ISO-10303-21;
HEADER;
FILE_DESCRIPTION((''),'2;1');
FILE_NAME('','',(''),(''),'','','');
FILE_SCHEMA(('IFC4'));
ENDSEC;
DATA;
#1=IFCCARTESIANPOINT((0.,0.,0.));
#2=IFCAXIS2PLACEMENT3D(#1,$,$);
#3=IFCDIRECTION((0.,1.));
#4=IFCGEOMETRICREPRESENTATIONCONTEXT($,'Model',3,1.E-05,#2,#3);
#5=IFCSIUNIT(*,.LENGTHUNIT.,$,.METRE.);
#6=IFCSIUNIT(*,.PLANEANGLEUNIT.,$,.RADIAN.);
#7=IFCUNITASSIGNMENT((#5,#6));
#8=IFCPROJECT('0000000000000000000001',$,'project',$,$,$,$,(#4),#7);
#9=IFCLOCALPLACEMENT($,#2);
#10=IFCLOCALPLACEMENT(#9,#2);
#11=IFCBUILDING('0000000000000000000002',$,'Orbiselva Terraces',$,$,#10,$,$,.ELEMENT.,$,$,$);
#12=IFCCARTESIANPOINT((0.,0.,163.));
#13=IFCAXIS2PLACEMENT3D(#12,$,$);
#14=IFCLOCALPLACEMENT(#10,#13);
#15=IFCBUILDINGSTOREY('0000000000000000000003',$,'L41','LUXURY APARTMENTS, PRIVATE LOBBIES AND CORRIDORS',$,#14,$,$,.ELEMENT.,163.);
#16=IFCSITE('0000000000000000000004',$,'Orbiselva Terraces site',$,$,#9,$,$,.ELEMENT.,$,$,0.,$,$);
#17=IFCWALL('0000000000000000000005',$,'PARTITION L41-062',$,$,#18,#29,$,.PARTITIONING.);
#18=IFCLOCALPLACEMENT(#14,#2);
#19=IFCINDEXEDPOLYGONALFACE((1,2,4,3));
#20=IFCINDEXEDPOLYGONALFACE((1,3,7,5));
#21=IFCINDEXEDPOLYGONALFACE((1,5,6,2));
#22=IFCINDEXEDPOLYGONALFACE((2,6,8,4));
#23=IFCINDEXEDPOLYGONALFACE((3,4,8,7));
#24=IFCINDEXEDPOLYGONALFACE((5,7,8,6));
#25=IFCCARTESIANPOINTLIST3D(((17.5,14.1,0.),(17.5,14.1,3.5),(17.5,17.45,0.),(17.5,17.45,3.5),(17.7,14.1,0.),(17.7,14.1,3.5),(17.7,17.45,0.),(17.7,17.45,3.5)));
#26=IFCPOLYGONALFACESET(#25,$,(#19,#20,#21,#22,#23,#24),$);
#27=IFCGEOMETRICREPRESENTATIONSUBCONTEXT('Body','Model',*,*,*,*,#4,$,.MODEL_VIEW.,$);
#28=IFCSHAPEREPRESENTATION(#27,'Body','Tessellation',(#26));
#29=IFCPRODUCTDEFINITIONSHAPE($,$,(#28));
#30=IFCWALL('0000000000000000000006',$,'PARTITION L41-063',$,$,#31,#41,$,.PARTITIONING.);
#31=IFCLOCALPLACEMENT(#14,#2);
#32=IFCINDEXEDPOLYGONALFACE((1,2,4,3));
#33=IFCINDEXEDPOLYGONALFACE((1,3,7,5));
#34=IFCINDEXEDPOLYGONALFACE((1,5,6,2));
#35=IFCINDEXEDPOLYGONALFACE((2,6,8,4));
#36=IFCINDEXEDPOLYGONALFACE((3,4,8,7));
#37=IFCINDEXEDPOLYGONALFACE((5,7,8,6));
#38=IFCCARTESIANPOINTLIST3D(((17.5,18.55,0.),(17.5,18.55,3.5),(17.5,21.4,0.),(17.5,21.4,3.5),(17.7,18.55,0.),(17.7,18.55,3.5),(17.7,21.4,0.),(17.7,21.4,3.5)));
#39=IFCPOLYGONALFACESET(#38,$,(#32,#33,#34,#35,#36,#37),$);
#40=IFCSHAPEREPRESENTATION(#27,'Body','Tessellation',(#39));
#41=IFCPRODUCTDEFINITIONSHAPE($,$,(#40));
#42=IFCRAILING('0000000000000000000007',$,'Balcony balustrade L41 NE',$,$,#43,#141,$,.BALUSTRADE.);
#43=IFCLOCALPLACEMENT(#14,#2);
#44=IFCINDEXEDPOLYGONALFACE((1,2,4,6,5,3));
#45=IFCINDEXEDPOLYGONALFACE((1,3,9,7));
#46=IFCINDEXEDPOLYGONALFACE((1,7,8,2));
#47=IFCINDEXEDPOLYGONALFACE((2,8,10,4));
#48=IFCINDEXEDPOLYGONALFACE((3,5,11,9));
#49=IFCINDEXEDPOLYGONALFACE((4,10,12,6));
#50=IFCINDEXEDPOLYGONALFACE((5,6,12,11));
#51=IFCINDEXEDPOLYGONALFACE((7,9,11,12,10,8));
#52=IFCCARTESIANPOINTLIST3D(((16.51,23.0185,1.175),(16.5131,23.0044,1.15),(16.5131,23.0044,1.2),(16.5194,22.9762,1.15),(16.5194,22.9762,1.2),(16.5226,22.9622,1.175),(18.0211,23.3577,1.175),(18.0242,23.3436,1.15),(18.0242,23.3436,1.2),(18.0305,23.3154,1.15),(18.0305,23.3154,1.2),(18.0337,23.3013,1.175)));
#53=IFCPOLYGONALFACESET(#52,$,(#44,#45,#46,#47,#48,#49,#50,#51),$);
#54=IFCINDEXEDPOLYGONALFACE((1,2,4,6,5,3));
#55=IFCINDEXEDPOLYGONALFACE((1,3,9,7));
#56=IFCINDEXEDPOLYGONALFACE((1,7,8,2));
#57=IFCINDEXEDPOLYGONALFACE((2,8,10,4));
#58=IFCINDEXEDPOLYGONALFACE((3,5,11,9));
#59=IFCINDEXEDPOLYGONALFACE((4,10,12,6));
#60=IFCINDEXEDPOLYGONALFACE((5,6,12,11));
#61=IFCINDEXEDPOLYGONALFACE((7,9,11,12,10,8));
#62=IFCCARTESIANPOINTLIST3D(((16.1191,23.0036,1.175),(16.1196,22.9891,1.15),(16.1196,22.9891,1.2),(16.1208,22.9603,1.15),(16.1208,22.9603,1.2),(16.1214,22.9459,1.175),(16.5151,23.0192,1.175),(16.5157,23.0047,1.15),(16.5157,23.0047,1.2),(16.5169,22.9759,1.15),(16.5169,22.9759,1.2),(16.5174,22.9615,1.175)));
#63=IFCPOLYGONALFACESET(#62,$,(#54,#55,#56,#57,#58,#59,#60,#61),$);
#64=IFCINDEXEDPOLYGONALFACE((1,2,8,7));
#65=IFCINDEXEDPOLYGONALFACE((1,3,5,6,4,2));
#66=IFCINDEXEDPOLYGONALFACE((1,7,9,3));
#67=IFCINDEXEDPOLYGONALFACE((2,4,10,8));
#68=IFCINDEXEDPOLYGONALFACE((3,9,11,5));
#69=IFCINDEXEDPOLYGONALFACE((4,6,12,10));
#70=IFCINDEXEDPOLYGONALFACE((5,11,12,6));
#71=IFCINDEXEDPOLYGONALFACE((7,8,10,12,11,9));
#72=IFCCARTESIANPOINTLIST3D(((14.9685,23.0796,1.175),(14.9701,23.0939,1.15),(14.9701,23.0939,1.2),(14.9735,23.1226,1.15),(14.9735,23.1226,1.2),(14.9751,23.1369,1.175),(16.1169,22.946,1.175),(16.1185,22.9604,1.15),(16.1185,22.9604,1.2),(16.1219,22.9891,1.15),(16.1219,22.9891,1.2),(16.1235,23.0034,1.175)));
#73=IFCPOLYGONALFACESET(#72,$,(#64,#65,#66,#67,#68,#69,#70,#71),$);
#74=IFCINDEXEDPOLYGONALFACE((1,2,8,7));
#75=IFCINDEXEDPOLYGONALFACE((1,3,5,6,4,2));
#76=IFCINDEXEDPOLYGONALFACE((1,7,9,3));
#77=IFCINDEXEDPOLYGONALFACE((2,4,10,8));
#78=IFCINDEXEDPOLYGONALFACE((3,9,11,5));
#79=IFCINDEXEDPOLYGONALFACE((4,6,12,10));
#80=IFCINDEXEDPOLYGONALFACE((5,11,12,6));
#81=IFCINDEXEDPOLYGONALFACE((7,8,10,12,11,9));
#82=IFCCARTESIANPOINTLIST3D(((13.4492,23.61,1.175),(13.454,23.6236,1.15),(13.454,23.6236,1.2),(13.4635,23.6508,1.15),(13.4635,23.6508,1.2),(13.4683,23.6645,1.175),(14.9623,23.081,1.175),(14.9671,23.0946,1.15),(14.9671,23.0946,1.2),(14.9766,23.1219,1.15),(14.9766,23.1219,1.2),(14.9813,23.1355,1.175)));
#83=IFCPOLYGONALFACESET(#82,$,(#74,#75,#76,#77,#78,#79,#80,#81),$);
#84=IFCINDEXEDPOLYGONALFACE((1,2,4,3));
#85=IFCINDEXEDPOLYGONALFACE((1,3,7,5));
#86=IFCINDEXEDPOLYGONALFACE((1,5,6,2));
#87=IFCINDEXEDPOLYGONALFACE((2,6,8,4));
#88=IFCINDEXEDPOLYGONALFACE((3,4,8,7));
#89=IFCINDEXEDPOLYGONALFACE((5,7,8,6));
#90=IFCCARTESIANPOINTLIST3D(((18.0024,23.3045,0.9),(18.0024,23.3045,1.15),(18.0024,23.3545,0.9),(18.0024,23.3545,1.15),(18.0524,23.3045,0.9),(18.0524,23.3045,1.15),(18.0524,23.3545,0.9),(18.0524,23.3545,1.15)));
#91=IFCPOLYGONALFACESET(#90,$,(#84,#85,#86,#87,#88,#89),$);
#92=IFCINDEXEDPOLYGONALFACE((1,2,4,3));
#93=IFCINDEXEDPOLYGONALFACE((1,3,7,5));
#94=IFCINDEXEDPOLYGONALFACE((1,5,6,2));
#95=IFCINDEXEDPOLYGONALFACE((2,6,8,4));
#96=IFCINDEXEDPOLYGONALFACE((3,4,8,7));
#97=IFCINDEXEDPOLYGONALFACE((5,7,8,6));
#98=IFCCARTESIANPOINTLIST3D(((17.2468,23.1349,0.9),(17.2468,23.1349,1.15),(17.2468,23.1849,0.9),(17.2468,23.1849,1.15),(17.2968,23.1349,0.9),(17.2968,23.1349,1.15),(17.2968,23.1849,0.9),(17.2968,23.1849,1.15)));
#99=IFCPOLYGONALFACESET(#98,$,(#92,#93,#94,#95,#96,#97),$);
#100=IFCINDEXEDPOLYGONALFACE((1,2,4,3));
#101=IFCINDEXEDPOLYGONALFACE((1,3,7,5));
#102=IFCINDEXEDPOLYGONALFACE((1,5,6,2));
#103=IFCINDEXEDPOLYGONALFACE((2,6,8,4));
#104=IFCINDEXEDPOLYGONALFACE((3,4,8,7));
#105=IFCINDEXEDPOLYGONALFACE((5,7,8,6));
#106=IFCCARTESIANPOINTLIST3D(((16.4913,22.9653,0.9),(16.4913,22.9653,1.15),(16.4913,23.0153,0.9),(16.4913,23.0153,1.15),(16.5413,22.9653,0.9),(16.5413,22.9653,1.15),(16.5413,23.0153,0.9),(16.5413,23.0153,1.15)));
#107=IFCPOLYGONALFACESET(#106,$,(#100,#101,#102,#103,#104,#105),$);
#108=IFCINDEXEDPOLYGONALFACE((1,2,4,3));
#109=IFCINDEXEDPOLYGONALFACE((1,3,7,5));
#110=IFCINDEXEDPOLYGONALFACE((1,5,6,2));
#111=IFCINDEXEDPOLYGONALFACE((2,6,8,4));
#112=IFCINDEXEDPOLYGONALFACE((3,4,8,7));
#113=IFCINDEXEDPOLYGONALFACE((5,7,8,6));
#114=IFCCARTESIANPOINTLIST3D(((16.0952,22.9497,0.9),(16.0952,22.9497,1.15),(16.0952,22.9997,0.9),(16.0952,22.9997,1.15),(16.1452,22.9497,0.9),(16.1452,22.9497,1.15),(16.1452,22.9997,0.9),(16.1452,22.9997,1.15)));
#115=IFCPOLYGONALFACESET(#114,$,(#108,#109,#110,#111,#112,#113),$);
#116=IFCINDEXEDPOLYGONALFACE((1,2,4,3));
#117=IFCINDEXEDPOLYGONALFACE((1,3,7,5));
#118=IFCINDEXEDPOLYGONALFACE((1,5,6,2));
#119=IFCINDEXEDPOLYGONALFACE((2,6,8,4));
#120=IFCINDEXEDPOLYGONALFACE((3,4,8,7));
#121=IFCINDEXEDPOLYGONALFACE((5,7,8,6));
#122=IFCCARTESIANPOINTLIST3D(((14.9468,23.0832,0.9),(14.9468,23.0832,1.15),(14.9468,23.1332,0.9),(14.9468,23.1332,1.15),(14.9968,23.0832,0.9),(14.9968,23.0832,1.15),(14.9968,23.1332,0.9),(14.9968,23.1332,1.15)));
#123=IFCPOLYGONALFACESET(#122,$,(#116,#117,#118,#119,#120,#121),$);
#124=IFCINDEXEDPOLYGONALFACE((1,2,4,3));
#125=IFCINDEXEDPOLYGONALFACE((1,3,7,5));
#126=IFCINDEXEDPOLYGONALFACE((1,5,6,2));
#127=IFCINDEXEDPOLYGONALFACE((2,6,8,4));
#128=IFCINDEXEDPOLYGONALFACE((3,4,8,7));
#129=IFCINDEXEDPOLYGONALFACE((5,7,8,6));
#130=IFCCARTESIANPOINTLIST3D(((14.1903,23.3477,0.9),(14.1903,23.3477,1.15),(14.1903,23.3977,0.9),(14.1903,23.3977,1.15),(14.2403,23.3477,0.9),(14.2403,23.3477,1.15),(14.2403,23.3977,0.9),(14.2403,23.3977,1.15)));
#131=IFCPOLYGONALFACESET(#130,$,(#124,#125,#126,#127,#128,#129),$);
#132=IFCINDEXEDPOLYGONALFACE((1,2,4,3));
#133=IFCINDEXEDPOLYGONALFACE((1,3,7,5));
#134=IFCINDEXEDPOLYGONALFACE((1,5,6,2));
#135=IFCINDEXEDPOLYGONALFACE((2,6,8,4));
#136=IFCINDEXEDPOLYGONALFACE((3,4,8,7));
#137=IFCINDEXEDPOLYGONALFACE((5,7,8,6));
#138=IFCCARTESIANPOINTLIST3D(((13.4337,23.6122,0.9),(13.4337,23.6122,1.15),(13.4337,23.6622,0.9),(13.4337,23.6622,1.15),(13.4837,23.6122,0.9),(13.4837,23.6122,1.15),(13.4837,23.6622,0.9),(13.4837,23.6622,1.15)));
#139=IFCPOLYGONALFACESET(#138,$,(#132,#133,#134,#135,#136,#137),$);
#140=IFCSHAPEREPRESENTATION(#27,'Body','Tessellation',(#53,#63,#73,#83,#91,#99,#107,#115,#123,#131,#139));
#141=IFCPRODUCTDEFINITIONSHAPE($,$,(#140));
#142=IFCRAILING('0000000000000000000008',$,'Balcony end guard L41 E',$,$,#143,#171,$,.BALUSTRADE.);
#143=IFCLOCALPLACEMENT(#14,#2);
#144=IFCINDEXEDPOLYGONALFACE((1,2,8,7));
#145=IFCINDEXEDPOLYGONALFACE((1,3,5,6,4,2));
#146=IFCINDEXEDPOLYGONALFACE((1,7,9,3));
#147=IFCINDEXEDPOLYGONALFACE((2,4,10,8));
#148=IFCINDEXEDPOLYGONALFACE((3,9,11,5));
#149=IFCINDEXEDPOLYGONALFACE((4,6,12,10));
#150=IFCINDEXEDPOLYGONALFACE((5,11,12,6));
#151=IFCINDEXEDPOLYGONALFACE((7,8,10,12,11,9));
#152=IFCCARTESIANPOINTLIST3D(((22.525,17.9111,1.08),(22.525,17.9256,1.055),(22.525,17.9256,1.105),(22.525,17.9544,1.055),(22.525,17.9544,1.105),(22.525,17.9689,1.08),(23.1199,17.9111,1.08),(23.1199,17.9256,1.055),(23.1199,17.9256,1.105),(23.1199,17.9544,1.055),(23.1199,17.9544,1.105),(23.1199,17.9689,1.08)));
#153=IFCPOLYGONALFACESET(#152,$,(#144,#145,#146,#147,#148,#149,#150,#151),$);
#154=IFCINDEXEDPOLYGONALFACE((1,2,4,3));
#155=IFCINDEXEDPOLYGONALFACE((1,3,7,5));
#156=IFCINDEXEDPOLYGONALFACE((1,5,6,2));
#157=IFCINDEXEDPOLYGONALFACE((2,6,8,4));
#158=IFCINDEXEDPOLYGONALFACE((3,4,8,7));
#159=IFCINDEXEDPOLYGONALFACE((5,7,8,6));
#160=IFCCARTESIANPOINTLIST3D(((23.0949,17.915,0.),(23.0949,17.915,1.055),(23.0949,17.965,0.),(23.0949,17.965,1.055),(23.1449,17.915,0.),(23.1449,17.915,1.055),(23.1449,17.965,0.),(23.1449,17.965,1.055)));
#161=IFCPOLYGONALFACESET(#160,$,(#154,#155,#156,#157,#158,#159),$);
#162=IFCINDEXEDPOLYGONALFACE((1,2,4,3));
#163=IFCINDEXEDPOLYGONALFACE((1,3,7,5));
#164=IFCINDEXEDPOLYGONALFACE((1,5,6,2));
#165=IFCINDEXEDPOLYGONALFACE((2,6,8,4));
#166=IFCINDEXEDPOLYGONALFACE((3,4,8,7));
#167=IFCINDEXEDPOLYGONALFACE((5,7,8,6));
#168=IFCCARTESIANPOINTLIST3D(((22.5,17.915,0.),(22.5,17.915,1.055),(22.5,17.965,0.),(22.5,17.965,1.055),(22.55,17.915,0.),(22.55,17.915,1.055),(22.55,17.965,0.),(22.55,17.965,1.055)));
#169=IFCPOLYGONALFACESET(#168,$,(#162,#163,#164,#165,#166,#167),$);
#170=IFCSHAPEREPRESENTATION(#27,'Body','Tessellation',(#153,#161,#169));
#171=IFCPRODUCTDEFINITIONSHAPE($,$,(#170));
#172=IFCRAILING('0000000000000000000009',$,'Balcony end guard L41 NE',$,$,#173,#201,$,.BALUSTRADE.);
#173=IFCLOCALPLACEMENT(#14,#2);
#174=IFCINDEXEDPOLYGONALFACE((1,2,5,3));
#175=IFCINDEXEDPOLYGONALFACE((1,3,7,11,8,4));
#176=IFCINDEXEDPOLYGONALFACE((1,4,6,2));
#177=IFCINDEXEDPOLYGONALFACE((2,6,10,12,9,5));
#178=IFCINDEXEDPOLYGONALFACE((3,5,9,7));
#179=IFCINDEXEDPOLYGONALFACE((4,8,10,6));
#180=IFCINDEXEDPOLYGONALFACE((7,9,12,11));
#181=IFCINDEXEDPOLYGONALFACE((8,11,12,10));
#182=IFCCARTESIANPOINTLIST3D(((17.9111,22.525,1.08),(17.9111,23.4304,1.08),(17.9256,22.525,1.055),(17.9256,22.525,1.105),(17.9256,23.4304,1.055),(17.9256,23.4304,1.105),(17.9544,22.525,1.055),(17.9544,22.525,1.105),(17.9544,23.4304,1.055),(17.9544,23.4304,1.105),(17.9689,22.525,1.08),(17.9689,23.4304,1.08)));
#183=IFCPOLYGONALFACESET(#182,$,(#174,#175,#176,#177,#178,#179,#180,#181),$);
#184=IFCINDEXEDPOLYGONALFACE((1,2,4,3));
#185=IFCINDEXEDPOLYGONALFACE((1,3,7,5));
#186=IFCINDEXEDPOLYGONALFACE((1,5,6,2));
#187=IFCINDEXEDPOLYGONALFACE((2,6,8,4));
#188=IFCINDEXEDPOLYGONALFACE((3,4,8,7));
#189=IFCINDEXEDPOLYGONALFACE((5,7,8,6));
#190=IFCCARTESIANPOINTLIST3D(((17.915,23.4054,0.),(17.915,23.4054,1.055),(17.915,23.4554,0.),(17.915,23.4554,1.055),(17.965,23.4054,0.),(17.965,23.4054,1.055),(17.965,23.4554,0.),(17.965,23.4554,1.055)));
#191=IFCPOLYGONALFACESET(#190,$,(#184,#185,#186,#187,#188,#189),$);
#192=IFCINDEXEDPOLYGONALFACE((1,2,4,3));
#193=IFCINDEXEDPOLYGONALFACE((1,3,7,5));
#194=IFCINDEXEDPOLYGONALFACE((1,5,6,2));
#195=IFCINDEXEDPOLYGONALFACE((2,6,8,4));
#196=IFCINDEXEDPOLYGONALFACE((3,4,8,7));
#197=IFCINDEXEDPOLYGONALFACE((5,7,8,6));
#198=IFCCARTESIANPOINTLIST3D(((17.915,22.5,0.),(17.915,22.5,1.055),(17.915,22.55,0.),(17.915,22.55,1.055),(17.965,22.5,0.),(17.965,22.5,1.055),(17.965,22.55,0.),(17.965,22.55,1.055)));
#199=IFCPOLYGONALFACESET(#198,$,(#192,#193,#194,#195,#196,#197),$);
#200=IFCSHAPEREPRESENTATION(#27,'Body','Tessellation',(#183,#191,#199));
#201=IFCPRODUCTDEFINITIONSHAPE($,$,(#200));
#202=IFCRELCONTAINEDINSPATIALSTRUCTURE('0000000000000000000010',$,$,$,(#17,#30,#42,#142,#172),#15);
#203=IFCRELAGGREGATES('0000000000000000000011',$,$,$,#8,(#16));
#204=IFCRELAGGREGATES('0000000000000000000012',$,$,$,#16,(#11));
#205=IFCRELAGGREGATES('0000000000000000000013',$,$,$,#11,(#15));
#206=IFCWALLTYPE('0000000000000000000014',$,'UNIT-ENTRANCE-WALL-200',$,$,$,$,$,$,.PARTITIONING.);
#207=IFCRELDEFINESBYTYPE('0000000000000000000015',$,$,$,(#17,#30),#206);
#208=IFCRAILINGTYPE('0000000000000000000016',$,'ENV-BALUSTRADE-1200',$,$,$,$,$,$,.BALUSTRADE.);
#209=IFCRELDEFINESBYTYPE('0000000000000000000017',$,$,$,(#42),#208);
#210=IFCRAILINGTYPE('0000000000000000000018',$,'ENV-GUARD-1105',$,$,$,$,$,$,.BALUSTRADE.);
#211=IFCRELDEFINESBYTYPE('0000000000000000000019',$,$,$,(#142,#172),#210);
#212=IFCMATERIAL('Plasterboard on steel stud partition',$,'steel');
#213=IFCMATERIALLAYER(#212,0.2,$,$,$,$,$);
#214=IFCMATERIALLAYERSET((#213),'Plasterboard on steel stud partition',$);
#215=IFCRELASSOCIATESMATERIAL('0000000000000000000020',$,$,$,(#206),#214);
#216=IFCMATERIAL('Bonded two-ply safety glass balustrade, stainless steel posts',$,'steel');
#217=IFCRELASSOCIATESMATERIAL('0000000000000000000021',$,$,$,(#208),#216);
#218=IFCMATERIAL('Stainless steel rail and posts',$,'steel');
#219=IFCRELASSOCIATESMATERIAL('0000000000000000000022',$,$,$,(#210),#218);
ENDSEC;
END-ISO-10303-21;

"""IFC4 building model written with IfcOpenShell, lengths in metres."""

from ifc_helpers import new_model, si_unit, direction, frame, frame_2d, origin, origin_2d, place, context, subcontext, project, spatial, polyline, rectangle, outline, extrude, material, layer, layer_set, type_object, element, save


model = new_model("IFC4")

# Units and contexts
model_context = context("Model", 3, precision=1e-05, world=origin(), true_north=direction((0.0, 1.0)))
body_context = subcontext(model_context, "Body", "Model", "MODEL_VIEW")
ifc_project = project(units=[si_unit("LENGTHUNIT", "METRE"), si_unit("PLANEANGLEUNIT", "RADIAN")], contexts=[model_context])

# Site, building, storey
site_placement = place(None, origin())
site = spatial("IfcSite", under=ifc_project, at=site_placement, Name="Orbiselva Terraces site", CompositionType="ELEMENT", RefElevation=0.0)
building_placement = place(site_placement, origin())
building = spatial("IfcBuilding", under=site, at=building_placement, Name="Orbiselva Terraces", CompositionType="ELEMENT")
storey_placement = place(building_placement, frame((0.0, 0.0, 163.0)))
storey = spatial("IfcBuildingStorey", under=building, at=storey_placement, Name="L41", Description="LUXURY APARTMENTS, PRIVATE LOBBIES AND CORRIDORS", CompositionType="ELEMENT", Elevation=163.0)

# Walls
ifc_material_1 = material(Name="Plasterboard on steel stud partition", Category="steel")
ifc_layer_1 = layer(ifc_material_1, 0.2)
ifc_layer_set_1 = layer_set([ifc_layer_1], Name="Plasterboard on steel stud partition")
wall_type_1 = type_object("IfcWallType", Name="UNIT-ENTRANCE-WALL-200", PredefinedType="PARTITIONING", material=ifc_layer_set_1)
wall_1_placement = place(storey_placement, frame((17.6, 14.1, 0.0), z_axis=(0.0, 0.0, 1.0), x_axis=(0.0, 1.0, 0.0)))
element("IfcWall", 1, at=wall_1_placement, inside=storey, type_object=wall_type_1, Name="PARTITION L41-062", PredefinedType="PARTITIONING", context=body_context, shape_type="SweptSolid", body=[
    extrude(rectangle(XDim=3.35, YDim=0.2, at=frame_2d((1.675, 0.0))), origin(), (0.0, 0.0, 1.0), 3.5),
])
wall_2_placement = place(storey_placement, frame((17.6, 18.55, 0.0), z_axis=(0.0, 0.0, 1.0), x_axis=(0.0, 1.0, 0.0)))
element("IfcWall", 2, at=wall_2_placement, inside=storey, type_object=wall_type_1, Name="PARTITION L41-063", PredefinedType="PARTITIONING", context=body_context, shape_type="SweptSolid", body=[
    extrude(rectangle(XDim=2.85, YDim=0.2, at=frame_2d((1.425, 0.0))), origin(), (0.0, 0.0, 1.0), 3.5),
])

# Railings
ifc_material_2 = material(Name="Bonded two-ply safety glass balustrade, stainless steel posts", Category="steel")
railing_type_1 = type_object("IfcRailingType", Name="ENV-BALUSTRADE-1200", PredefinedType="BALUSTRADE", material=ifc_material_2)
railing_1_placement = place(storey_placement, frame((18.0274, 23.3295, 0.9)))
element("IfcRailing", 3, at=railing_1_placement, inside=storey, type_object=railing_type_1, Name="Balcony balustrade L41 NE", PredefinedType="BALUSTRADE", context=body_context, shape_type="SweptSolid", body=[
    extrude(outline(polyline([(0.0289, 0.0), (0.0144, 0.025), (-0.0144, 0.025), (-0.0289, 0.0), (-0.0144, -0.025), (0.0144, -0.025), (0.0289, 0.0)])), frame((0.0, 0.0, 0.275), z_axis=(-0.975721, -0.219015, 0.0), x_axis=(0.219015, -0.975721, 0.0)), (0.0, 0.0, 1.0), 1.5487),
    extrude(outline(polyline([(0.0289, 0.0), (0.0144, 0.025), (-0.0144, 0.025), (-0.0289, 0.0), (-0.0144, -0.025), (0.0144, -0.025), (0.0289, 0.0)])), frame((-1.5111, -0.3392, 0.275), z_axis=(-0.999225, -0.039369, 0.0), x_axis=(0.039369, -0.999225, 0.0)), (0.0, 0.0, 1.0), 0.3964),
    extrude(outline(polyline([(0.0289, 0.0), (0.0144, 0.025), (-0.0144, 0.025), (-0.0289, 0.0), (-0.0144, -0.025), (0.0144, -0.025), (0.0289, 0.0)])), frame((-1.9072, -0.3548, 0.275), z_axis=(-0.99331, 0.115482, 0.0), x_axis=(-0.115482, -0.99331, 0.0)), (0.0, 0.0, 1.0), 1.1561),
    extrude(outline(polyline([(0.0289, 0.0), (0.0144, 0.025), (-0.0144, 0.025), (-0.0289, 0.0), (-0.0144, -0.025), (0.0144, -0.025), (0.0289, 0.0)])), frame((-3.0556, -0.2213, 0.275), z_axis=(-0.943972, 0.330024, 0.0), x_axis=(-0.330024, -0.943972, 0.0)), (0.0, 0.0, 1.0), 1.6029),
    extrude(rectangle(XDim=0.05, YDim=0.05, at=origin_2d()), origin(), (0.0, 0.0, 1.0), 0.25),
    extrude(rectangle(XDim=0.05, YDim=0.05, at=origin_2d()), frame((-0.7555, -0.1696, 0.0)), (0.0, 0.0, 1.0), 0.25),
    extrude(rectangle(XDim=0.05, YDim=0.05, at=origin_2d()), frame((-1.5111, -0.3392, 0.0)), (0.0, 0.0, 1.0), 0.25),
    extrude(rectangle(XDim=0.05, YDim=0.05, at=origin_2d()), frame((-1.9072, -0.3548, 0.0)), (0.0, 0.0, 1.0), 0.25),
    extrude(rectangle(XDim=0.05, YDim=0.05, at=origin_2d()), frame((-3.0556, -0.2213, 0.0)), (0.0, 0.0, 1.0), 0.25),
    extrude(rectangle(XDim=0.05, YDim=0.05, at=origin_2d()), frame((-3.8121, 0.0432, 0.0)), (0.0, 0.0, 1.0), 0.25),
    extrude(rectangle(XDim=0.05, YDim=0.05, at=origin_2d()), frame((-4.5686, 0.3077, 0.0)), (0.0, 0.0, 1.0), 0.25),
])
ifc_material_3 = material(Name="Stainless steel rail and posts", Category="steel")
railing_type_2 = type_object("IfcRailingType", Name="ENV-GUARD-1105", PredefinedType="BALUSTRADE", material=ifc_material_3)
railing_2_placement = place(storey_placement, frame((23.1199, 17.94, 0.0)))
element("IfcRailing", 4, at=railing_2_placement, inside=storey, type_object=railing_type_2, Name="Balcony end guard L41 E", PredefinedType="BALUSTRADE", context=body_context, shape_type="SweptSolid", body=[
    extrude(outline(polyline([(0.0289, 0.0), (0.0144, 0.025), (-0.0144, 0.025), (-0.0289, 0.0), (-0.0144, -0.025), (0.0144, -0.025), (0.0289, 0.0)])), frame((0.0, 0.0, 1.08), z_axis=(-1.0, 0.0, 0.0), x_axis=(0.0, -1.0, 0.0)), (0.0, 0.0, 1.0), 0.5949),
    extrude(rectangle(XDim=0.05, YDim=0.05, at=origin_2d()), origin(), (0.0, 0.0, 1.0), 1.055),
    extrude(rectangle(XDim=0.05, YDim=0.05, at=origin_2d()), frame((-0.5949, 0.0, 0.0)), (0.0, 0.0, 1.0), 1.055),
])
railing_3_placement = place(storey_placement, frame((17.94, 23.4304, 0.0)))
element("IfcRailing", 5, at=railing_3_placement, inside=storey, type_object=railing_type_2, Name="Balcony end guard L41 NE", PredefinedType="BALUSTRADE", context=body_context, shape_type="SweptSolid", body=[
    extrude(outline(polyline([(0.0289, 0.0), (0.0144, 0.025), (-0.0144, 0.025), (-0.0289, 0.0), (-0.0144, -0.025), (0.0144, -0.025), (0.0289, 0.0)])), frame((0.0, 0.0, 1.08), z_axis=(0.0, -1.0, 0.0), x_axis=(1.0, 0.0, 0.0)), (0.0, 0.0, 1.0), 0.9054),
    extrude(rectangle(XDim=0.05, YDim=0.05, at=origin_2d()), origin(), (0.0, 0.0, 1.0), 1.055),
    extrude(rectangle(XDim=0.05, YDim=0.05, at=origin_2d()), frame((0.0, -0.9054, 0.0)), (0.0, 0.0, 1.0), 1.055),
])

save(model, "model.ifc")
